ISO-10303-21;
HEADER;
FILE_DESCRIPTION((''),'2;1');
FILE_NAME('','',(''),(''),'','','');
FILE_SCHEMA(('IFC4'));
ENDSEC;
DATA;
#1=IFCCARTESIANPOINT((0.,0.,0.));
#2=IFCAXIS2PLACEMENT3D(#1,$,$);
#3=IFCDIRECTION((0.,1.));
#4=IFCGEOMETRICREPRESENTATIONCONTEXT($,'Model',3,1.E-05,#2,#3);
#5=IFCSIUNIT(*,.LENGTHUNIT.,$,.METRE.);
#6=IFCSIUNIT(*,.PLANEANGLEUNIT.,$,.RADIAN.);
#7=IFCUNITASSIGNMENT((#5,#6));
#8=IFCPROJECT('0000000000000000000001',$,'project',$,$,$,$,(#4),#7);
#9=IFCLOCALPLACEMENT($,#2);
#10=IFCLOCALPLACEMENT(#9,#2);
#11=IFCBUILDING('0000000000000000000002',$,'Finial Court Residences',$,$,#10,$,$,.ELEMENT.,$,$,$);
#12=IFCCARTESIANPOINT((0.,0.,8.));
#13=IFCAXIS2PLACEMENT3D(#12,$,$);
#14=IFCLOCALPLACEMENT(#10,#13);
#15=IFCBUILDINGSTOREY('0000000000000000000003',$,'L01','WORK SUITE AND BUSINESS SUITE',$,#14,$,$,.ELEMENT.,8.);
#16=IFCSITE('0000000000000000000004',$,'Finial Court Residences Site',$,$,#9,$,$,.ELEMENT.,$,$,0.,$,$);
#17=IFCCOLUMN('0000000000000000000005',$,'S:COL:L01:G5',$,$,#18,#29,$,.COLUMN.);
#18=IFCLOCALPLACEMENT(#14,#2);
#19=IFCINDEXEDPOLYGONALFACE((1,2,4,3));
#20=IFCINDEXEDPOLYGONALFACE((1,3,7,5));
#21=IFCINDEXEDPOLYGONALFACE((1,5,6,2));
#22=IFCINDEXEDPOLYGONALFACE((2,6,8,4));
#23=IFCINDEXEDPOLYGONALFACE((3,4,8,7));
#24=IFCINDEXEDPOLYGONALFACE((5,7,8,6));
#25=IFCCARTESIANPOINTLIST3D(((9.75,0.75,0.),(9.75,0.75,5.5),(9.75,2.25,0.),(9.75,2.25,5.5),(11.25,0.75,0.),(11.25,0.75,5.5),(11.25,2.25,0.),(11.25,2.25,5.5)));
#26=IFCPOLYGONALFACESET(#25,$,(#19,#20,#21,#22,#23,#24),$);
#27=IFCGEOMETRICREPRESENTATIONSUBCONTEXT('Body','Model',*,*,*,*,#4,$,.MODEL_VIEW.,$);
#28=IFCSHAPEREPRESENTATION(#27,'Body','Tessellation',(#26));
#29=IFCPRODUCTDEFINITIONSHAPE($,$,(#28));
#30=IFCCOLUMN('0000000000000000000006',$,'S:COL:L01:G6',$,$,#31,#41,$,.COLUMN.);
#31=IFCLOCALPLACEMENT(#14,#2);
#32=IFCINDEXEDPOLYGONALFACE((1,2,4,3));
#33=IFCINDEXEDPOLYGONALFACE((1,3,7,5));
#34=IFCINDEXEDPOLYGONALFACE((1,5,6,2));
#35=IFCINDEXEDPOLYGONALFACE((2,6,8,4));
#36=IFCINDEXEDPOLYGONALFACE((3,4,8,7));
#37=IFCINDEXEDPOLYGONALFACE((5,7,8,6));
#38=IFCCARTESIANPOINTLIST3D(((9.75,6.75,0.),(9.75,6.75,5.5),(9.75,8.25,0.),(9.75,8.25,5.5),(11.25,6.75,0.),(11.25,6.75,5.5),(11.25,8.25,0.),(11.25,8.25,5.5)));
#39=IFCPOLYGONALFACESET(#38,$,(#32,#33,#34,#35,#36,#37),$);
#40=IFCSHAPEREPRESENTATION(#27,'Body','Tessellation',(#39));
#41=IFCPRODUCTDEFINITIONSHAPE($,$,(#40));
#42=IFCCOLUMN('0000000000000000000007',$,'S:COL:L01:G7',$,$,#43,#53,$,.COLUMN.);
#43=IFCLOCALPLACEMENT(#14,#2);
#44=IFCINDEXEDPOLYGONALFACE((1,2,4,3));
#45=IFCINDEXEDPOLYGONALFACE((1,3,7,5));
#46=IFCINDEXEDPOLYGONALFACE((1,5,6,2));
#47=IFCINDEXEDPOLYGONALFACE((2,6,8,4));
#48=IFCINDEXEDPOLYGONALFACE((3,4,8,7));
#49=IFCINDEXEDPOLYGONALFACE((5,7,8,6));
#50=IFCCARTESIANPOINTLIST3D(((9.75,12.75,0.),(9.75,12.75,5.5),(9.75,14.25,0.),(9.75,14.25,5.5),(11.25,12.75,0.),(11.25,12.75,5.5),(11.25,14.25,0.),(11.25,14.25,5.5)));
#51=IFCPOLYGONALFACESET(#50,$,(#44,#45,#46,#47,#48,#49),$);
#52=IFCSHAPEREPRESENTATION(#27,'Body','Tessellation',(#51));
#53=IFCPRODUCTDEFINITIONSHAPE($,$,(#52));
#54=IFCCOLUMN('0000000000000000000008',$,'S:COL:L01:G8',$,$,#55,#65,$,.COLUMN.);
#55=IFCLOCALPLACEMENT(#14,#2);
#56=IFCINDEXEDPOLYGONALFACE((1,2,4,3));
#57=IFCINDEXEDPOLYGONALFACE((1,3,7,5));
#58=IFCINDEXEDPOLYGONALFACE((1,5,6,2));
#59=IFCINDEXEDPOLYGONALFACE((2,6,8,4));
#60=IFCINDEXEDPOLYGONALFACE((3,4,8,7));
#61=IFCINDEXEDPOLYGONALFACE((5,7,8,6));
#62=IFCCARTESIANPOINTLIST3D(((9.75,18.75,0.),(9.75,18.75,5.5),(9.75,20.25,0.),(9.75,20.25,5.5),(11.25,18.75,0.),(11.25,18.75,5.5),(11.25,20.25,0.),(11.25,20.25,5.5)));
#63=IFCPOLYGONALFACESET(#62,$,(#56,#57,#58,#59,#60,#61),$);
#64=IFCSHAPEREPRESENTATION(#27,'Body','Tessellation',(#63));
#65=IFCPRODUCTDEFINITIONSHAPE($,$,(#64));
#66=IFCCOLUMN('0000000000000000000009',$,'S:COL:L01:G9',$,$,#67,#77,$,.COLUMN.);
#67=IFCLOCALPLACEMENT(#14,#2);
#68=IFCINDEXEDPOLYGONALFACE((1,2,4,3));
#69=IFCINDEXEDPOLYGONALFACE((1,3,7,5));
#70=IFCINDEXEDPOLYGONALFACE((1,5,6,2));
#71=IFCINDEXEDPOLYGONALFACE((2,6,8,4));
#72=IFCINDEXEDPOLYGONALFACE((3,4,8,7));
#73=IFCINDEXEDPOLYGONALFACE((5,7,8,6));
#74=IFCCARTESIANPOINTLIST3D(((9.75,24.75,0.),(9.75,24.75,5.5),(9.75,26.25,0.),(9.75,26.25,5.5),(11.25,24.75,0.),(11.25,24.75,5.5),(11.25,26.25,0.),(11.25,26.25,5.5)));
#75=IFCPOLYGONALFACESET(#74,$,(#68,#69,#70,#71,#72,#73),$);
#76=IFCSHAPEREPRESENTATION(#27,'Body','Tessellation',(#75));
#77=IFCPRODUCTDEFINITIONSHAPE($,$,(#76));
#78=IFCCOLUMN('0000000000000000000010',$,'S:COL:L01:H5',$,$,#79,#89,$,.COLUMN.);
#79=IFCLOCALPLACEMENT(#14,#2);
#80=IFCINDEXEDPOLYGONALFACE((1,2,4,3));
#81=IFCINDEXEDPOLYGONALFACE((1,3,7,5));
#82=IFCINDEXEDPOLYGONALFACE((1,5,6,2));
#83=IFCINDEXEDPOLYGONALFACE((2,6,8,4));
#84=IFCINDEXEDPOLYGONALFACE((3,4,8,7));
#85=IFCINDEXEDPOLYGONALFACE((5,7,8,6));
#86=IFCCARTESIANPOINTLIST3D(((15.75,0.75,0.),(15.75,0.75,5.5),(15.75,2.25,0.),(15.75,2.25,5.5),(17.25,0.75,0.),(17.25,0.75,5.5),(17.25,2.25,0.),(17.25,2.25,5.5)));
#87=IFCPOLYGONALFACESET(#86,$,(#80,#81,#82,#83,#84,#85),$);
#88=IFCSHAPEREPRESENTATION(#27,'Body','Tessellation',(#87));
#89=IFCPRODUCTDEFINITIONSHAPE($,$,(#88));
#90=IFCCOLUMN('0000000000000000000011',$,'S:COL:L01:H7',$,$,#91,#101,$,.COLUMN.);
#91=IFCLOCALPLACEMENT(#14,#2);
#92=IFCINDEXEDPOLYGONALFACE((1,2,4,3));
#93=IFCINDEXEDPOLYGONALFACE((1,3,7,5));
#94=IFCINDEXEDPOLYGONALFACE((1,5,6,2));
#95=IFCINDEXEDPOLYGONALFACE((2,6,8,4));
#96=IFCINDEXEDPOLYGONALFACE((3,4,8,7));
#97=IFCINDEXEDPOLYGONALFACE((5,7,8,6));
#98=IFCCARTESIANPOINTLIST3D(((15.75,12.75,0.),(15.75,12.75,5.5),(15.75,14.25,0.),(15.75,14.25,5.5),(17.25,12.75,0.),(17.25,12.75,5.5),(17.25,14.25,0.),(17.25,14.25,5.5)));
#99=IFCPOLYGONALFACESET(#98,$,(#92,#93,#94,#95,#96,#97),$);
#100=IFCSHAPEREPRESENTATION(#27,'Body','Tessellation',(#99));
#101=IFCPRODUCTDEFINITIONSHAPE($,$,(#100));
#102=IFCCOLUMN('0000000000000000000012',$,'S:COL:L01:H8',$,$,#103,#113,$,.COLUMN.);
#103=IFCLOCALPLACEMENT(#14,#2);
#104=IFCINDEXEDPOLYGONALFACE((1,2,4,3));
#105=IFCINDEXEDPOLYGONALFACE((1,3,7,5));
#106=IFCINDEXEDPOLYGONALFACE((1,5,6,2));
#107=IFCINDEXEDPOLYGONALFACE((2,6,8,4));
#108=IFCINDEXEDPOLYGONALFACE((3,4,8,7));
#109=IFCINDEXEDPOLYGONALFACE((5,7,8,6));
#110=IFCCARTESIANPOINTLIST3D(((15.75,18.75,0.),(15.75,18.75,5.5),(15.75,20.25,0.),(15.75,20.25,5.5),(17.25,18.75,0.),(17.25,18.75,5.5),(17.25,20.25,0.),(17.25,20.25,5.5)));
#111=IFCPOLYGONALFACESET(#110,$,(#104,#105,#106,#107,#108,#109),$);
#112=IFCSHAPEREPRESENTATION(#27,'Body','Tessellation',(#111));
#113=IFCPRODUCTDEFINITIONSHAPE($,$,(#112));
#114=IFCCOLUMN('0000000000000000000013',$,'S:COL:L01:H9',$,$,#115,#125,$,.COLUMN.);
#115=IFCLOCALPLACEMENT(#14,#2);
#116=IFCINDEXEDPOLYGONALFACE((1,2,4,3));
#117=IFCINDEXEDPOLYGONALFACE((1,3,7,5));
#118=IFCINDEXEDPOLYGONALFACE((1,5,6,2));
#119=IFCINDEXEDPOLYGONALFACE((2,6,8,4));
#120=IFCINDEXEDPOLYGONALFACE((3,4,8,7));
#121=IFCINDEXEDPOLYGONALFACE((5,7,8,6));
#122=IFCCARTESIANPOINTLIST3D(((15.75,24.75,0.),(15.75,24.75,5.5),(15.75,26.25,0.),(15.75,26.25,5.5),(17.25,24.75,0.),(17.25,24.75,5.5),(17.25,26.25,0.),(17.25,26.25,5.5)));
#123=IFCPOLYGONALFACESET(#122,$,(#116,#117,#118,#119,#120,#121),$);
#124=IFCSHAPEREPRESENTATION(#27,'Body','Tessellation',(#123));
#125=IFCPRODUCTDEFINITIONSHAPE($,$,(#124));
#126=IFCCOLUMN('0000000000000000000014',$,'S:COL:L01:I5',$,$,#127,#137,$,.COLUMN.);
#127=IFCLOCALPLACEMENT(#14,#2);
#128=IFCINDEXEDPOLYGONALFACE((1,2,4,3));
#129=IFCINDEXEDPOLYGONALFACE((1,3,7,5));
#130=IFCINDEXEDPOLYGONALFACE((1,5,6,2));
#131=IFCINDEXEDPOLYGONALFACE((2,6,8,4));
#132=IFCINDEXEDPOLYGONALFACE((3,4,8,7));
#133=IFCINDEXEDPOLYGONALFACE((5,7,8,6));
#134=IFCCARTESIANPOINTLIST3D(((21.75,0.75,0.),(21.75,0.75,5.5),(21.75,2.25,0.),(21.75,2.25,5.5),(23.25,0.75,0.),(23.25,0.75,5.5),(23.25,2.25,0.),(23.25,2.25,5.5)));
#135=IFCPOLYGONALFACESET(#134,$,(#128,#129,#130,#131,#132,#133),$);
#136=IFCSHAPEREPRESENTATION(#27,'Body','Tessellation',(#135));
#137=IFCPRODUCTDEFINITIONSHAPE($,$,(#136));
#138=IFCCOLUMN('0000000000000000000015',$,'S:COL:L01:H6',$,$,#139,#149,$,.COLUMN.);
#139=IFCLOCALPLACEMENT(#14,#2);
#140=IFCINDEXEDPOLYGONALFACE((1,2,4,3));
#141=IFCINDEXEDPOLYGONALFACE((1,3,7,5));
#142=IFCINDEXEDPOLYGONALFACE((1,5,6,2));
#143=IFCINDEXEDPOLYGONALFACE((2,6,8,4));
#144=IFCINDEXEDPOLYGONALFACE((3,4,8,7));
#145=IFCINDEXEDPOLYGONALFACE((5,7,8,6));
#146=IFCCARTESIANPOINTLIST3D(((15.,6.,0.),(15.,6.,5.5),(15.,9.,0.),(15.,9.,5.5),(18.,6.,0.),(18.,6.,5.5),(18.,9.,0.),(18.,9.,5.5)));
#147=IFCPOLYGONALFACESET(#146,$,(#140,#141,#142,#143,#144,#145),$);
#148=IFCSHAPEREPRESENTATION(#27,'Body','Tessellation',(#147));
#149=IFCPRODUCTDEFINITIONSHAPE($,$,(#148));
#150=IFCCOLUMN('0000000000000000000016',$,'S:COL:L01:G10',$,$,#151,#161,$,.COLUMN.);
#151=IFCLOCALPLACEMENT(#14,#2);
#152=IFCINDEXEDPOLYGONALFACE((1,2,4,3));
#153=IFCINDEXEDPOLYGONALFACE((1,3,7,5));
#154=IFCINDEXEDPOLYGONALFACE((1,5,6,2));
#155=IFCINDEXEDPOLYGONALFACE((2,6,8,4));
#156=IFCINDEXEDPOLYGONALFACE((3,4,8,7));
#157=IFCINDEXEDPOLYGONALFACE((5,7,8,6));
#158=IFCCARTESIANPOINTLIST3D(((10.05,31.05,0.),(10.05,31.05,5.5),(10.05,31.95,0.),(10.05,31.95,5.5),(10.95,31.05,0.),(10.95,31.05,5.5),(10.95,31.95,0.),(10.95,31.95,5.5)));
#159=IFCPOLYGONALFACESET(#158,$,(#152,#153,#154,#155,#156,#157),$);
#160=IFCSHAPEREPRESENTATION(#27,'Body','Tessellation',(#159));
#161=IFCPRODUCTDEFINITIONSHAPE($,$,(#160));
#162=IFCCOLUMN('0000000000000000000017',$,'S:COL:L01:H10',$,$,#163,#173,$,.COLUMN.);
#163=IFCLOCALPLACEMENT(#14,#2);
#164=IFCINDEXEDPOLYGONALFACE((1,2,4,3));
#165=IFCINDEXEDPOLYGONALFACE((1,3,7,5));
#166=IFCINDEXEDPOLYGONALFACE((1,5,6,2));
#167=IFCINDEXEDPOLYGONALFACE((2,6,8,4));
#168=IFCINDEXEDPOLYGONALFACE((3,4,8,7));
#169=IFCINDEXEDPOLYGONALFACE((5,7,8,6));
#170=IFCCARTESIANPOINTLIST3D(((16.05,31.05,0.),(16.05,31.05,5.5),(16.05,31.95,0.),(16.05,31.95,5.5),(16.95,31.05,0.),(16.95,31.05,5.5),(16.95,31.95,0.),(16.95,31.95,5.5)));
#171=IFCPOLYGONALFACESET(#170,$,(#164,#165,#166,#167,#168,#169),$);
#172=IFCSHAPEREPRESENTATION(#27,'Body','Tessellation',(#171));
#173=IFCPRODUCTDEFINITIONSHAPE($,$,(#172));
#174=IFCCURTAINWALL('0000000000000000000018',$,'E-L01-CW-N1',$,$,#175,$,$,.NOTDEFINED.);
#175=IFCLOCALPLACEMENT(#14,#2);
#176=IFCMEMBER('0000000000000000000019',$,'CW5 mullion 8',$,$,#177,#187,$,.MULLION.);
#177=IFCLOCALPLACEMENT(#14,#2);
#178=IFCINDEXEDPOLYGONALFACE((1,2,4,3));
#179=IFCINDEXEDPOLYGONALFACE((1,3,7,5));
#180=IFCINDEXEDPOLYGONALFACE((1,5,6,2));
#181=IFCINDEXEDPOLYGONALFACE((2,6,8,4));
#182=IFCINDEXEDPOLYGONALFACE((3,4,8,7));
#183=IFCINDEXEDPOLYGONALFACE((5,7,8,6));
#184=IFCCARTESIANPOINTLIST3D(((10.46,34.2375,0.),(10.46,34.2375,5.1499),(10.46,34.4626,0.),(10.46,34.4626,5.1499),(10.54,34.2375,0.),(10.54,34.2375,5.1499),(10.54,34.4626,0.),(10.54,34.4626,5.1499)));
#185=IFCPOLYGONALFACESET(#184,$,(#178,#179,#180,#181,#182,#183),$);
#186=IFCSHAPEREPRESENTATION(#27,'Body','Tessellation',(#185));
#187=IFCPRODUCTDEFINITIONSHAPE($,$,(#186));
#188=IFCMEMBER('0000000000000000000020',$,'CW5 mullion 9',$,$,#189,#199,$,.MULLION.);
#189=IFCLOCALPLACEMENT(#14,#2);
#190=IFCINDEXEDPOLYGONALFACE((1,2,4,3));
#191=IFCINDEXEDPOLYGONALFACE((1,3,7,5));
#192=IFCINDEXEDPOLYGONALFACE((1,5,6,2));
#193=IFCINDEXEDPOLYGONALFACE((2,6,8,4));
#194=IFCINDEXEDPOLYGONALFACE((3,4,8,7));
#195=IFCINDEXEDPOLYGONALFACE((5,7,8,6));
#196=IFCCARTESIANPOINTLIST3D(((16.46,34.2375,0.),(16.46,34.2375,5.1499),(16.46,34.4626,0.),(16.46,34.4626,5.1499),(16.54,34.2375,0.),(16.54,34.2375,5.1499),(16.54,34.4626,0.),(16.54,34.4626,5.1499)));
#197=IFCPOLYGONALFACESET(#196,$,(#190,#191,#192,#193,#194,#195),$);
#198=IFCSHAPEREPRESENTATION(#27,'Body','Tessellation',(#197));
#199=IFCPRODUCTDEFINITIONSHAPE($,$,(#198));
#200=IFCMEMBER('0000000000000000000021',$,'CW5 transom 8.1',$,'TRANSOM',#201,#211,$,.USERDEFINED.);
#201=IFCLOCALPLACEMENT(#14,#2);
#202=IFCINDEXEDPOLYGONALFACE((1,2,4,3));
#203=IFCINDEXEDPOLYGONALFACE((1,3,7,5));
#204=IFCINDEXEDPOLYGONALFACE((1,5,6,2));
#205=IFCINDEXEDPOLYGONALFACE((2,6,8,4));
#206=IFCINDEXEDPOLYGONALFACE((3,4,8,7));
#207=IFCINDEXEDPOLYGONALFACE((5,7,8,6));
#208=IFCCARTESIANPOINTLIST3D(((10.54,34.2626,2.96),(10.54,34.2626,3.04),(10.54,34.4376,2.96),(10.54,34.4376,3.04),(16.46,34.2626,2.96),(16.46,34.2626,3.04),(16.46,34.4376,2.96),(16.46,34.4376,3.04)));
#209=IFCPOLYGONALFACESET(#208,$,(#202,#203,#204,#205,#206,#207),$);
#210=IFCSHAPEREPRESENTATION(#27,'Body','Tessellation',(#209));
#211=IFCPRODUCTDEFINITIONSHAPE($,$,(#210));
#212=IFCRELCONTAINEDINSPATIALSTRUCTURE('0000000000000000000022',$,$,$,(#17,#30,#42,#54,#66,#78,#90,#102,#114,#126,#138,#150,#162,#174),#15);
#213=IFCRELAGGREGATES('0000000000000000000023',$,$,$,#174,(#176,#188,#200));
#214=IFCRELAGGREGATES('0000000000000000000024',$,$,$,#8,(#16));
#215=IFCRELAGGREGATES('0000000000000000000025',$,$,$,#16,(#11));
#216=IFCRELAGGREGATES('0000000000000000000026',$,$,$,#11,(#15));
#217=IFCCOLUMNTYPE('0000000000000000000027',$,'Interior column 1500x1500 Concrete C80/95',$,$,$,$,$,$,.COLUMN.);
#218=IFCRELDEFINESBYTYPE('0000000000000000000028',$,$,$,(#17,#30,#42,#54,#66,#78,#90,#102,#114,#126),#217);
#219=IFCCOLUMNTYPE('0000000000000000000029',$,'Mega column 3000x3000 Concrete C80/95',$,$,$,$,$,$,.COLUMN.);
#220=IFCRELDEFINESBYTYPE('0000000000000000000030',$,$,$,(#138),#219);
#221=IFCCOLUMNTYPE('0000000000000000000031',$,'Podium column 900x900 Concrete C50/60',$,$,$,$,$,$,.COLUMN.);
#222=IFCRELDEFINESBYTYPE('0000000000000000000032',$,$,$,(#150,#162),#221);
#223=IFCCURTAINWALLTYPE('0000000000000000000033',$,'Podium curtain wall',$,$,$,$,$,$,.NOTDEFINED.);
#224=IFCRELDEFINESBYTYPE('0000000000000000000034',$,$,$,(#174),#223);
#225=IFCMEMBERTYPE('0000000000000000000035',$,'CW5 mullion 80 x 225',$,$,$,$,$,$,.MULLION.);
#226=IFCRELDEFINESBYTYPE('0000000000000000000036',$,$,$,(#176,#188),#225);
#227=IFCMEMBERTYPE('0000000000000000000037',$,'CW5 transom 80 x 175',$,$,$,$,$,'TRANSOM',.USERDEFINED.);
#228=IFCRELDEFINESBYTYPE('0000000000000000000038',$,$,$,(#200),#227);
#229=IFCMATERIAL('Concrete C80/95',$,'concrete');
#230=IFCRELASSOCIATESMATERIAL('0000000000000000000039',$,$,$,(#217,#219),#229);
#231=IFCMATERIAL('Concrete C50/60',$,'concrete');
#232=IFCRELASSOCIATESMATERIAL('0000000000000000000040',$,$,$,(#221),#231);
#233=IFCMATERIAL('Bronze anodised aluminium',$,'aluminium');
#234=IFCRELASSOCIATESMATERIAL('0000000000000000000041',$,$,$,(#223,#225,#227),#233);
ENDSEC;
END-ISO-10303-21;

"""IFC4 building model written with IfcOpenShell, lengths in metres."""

from ifc_helpers import new_model, si_unit, direction, frame, origin, origin_2d, place, context, subcontext, project, spatial, rectangle, extrude, material, material_profile, profile_set, type_object, element, aggregate, save


model = new_model("IFC4")

# Units and contexts
model_context = context("Model", 3, precision=1e-05, world=origin(), true_north=direction((0.0, 1.0)))
body_context = subcontext(model_context, "Body", "Model", "MODEL_VIEW")
ifc_project = project(units=[si_unit("LENGTHUNIT", "METRE"), si_unit("PLANEANGLEUNIT", "RADIAN")], contexts=[model_context])

# Site, building, storey
site_placement = place(None, origin())
site = spatial("IfcSite", under=ifc_project, at=site_placement, Name="Finial Court Residences Site", CompositionType="ELEMENT", RefElevation=0.0)
building_placement = place(site_placement, origin())
building = spatial("IfcBuilding", under=site, at=building_placement, Name="Finial Court Residences", CompositionType="ELEMENT")
storey_placement = place(building_placement, frame((0.0, 0.0, 8.0)))
storey = spatial("IfcBuildingStorey", under=building, at=storey_placement, Name="L01", Description="WORK SUITE AND BUSINESS SUITE", CompositionType="ELEMENT", Elevation=8.0)

# Columns
ifc_material_1 = material(Name="Concrete C80/95", Category="concrete")
ifc_material_profile_1 = material_profile(ifc_material_1, rectangle(XDim=1.5, YDim=1.5, at=origin_2d()), Name="1500x1500")
ifc_profile_set_1 = profile_set([ifc_material_profile_1], Name="Concrete C80/95")
column_type_1 = type_object("IfcColumnType", Name="Interior column 1500x1500 Concrete C80/95", PredefinedType="COLUMN", material=ifc_profile_set_1)
for number, where, z_axis, x_axis, name in (
    (1, (10.5, 1.5, 0.0), (0.0, 0.0, 1.0), (1.0, 0.0, 0.0), "S:COL:L01:G5"),
    (2, (10.5, 7.5, 0.0), (0.0, 0.0, 1.0), (1.0, 0.0, 0.0), "S:COL:L01:G6"),
    (3, (10.5, 13.5, 0.0), (0.0, 0.0, 1.0), (1.0, 0.0, 0.0), "S:COL:L01:G7"),
    (4, (10.5, 19.5, 0.0), (0.0, 0.0, 1.0), (1.0, 0.0, 0.0), "S:COL:L01:G8"),
    (5, (10.5, 25.5, 0.0), (0.0, 0.0, 1.0), (1.0, 0.0, 0.0), "S:COL:L01:G9"),
    (6, (16.5, 1.5, 0.0), (0.0, 0.0, 1.0), (1.0, 0.0, 0.0), "S:COL:L01:H5"),
    (7, (16.5, 13.5, 0.0), (0.0, 0.0, 1.0), (1.0, 0.0, 0.0), "S:COL:L01:H7"),
    (8, (16.5, 19.5, 0.0), (0.0, 0.0, 1.0), (1.0, 0.0, 0.0), "S:COL:L01:H8"),
    (9, (16.5, 25.5, 0.0), (0.0, 0.0, 1.0), (1.0, 0.0, 0.0), "S:COL:L01:H9"),
    (10, (22.5, 1.5, 0.0), (0.0, 0.0, 1.0), (1.0, 0.0, 0.0), "S:COL:L01:I5"),
):
    element("IfcColumn", number, at=place(storey_placement, frame(where, z_axis=z_axis, x_axis=x_axis)), inside=storey, type_object=column_type_1, Name=name, PredefinedType="COLUMN", context=body_context, shape_type="SweptSolid", body=[
        extrude(rectangle(XDim=1.5, YDim=1.5, at=origin_2d()), origin(), (0.0, 0.0, 1.0), 5.5),
    ])
ifc_material_profile_2 = material_profile(ifc_material_1, rectangle(XDim=3.0, YDim=3.0, at=origin_2d()), Name="3000x3000")
ifc_profile_set_2 = profile_set([ifc_material_profile_2], Name="Concrete C80/95")
column_type_2 = type_object("IfcColumnType", Name="Mega column 3000x3000 Concrete C80/95", PredefinedType="COLUMN", material=ifc_profile_set_2)
column_placement = place(storey_placement, frame((16.5, 7.5, 0.0), z_axis=(0.0, 0.0, 1.0), x_axis=(1.0, 0.0, 0.0)))
element("IfcColumn", 11, at=column_placement, inside=storey, type_object=column_type_2, Name="S:COL:L01:H6", PredefinedType="COLUMN", context=body_context, shape_type="SweptSolid", body=[
    extrude(rectangle(XDim=3.0, YDim=3.0, at=origin_2d()), origin(), (0.0, 0.0, 1.0), 5.5),
])
ifc_material_2 = material(Name="Concrete C50/60", Category="concrete")
ifc_material_profile_3 = material_profile(ifc_material_2, rectangle(XDim=0.8999, YDim=0.8999, at=origin_2d()), Name="900x900")
ifc_profile_set_3 = profile_set([ifc_material_profile_3], Name="Concrete C50/60")
column_type_3 = type_object("IfcColumnType", Name="Podium column 900x900 Concrete C50/60", PredefinedType="COLUMN", material=ifc_profile_set_3)
for number, where, z_axis, x_axis, name in (
    (12, (10.5, 31.5, 0.0), (0.0, 0.0, 1.0), (1.0, 0.0, 0.0), "S:COL:L01:G10"),
    (13, (16.5, 31.5, 0.0), (0.0, 0.0, 1.0), (1.0, 0.0, 0.0), "S:COL:L01:H10"),
):
    element("IfcColumn", number, at=place(storey_placement, frame(where, z_axis=z_axis, x_axis=x_axis)), inside=storey, type_object=column_type_3, Name=name, PredefinedType="COLUMN", context=body_context, shape_type="SweptSolid", body=[
        extrude(rectangle(XDim=0.8999, YDim=0.8999, at=origin_2d()), origin(), (0.0, 0.0, 1.0), 5.5),
    ])

# Curtain wall, members
ifc_material_3 = material(Name="Bronze anodised aluminium", Category="aluminium")
curtain_wall_type = type_object("IfcCurtainWallType", Name="Podium curtain wall", PredefinedType="NOTDEFINED", material=ifc_material_3)
curtain_wall_placement = place(storey_placement, origin())
curtain_wall = element("IfcCurtainWall", 14, at=curtain_wall_placement, inside=storey, type_object=curtain_wall_type, Name="E-L01-CW-N1", PredefinedType="NOTDEFINED")
ifc_material_profile_4 = material_profile(ifc_material_3, rectangle(XDim=0.2251, YDim=0.0801, at=origin_2d()), Name="CW5 mullion 80 x 225")
ifc_profile_set_4 = profile_set([ifc_material_profile_4], Name="Bronze anodised aluminium")
member_type_1 = type_object("IfcMemberType", Name="CW5 mullion 80 x 225", PredefinedType="MULLION", material=ifc_profile_set_4)
member_1_placement = place(storey_placement, frame((10.5, 34.3501, 0.0), z_axis=(0.0, 0.0, 1.0), x_axis=(0.0, 1.0, 0.0)))
member_1 = element("IfcMember", 15, at=member_1_placement, type_object=member_type_1, Name="CW5 mullion 8", PredefinedType="MULLION", context=body_context, shape_type="SweptSolid", body=[
    extrude(rectangle(XDim=0.2251, YDim=0.0801, at=origin_2d()), origin(), (0.0, 0.0, 1.0), 5.1499),
])
member_2_placement = place(storey_placement, frame((16.5, 34.3501, 0.0), z_axis=(0.0, 0.0, 1.0), x_axis=(0.0, 1.0, 0.0)))
member_2 = element("IfcMember", 16, at=member_2_placement, type_object=member_type_1, Name="CW5 mullion 9", PredefinedType="MULLION", context=body_context, shape_type="SweptSolid", body=[
    extrude(rectangle(XDim=0.2251, YDim=0.0801, at=origin_2d()), origin(), (0.0, 0.0, 1.0), 5.1499),
])
ifc_material_profile_5 = material_profile(ifc_material_3, rectangle(XDim=0.175, YDim=0.0801, at=origin_2d()), Name="CW5 transom 80 x 175")
ifc_profile_set_5 = profile_set([ifc_material_profile_5], Name="Bronze anodised aluminium")
member_type_2 = type_object("IfcMemberType", Name="CW5 transom 80 x 175", ElementType="TRANSOM", PredefinedType="USERDEFINED", material=ifc_profile_set_5)
member_3_placement = place(storey_placement, frame((10.54, 34.3501, 3.0), z_axis=(1.0, 0.0, 0.0), x_axis=(0.0, 1.0, 0.0)))
member_3 = element("IfcMember", 17, at=member_3_placement, type_object=member_type_2, Name="CW5 transom 8.1", ObjectType="TRANSOM", PredefinedType="USERDEFINED", context=body_context, shape_type="SweptSolid", body=[
    extrude(rectangle(XDim=0.175, YDim=0.0801, at=origin_2d()), origin(), (0.0, 0.0, 1.0), 5.9199),
])
aggregate(curtain_wall, [member_1, member_2, member_3])

save(model, "model.ifc")
